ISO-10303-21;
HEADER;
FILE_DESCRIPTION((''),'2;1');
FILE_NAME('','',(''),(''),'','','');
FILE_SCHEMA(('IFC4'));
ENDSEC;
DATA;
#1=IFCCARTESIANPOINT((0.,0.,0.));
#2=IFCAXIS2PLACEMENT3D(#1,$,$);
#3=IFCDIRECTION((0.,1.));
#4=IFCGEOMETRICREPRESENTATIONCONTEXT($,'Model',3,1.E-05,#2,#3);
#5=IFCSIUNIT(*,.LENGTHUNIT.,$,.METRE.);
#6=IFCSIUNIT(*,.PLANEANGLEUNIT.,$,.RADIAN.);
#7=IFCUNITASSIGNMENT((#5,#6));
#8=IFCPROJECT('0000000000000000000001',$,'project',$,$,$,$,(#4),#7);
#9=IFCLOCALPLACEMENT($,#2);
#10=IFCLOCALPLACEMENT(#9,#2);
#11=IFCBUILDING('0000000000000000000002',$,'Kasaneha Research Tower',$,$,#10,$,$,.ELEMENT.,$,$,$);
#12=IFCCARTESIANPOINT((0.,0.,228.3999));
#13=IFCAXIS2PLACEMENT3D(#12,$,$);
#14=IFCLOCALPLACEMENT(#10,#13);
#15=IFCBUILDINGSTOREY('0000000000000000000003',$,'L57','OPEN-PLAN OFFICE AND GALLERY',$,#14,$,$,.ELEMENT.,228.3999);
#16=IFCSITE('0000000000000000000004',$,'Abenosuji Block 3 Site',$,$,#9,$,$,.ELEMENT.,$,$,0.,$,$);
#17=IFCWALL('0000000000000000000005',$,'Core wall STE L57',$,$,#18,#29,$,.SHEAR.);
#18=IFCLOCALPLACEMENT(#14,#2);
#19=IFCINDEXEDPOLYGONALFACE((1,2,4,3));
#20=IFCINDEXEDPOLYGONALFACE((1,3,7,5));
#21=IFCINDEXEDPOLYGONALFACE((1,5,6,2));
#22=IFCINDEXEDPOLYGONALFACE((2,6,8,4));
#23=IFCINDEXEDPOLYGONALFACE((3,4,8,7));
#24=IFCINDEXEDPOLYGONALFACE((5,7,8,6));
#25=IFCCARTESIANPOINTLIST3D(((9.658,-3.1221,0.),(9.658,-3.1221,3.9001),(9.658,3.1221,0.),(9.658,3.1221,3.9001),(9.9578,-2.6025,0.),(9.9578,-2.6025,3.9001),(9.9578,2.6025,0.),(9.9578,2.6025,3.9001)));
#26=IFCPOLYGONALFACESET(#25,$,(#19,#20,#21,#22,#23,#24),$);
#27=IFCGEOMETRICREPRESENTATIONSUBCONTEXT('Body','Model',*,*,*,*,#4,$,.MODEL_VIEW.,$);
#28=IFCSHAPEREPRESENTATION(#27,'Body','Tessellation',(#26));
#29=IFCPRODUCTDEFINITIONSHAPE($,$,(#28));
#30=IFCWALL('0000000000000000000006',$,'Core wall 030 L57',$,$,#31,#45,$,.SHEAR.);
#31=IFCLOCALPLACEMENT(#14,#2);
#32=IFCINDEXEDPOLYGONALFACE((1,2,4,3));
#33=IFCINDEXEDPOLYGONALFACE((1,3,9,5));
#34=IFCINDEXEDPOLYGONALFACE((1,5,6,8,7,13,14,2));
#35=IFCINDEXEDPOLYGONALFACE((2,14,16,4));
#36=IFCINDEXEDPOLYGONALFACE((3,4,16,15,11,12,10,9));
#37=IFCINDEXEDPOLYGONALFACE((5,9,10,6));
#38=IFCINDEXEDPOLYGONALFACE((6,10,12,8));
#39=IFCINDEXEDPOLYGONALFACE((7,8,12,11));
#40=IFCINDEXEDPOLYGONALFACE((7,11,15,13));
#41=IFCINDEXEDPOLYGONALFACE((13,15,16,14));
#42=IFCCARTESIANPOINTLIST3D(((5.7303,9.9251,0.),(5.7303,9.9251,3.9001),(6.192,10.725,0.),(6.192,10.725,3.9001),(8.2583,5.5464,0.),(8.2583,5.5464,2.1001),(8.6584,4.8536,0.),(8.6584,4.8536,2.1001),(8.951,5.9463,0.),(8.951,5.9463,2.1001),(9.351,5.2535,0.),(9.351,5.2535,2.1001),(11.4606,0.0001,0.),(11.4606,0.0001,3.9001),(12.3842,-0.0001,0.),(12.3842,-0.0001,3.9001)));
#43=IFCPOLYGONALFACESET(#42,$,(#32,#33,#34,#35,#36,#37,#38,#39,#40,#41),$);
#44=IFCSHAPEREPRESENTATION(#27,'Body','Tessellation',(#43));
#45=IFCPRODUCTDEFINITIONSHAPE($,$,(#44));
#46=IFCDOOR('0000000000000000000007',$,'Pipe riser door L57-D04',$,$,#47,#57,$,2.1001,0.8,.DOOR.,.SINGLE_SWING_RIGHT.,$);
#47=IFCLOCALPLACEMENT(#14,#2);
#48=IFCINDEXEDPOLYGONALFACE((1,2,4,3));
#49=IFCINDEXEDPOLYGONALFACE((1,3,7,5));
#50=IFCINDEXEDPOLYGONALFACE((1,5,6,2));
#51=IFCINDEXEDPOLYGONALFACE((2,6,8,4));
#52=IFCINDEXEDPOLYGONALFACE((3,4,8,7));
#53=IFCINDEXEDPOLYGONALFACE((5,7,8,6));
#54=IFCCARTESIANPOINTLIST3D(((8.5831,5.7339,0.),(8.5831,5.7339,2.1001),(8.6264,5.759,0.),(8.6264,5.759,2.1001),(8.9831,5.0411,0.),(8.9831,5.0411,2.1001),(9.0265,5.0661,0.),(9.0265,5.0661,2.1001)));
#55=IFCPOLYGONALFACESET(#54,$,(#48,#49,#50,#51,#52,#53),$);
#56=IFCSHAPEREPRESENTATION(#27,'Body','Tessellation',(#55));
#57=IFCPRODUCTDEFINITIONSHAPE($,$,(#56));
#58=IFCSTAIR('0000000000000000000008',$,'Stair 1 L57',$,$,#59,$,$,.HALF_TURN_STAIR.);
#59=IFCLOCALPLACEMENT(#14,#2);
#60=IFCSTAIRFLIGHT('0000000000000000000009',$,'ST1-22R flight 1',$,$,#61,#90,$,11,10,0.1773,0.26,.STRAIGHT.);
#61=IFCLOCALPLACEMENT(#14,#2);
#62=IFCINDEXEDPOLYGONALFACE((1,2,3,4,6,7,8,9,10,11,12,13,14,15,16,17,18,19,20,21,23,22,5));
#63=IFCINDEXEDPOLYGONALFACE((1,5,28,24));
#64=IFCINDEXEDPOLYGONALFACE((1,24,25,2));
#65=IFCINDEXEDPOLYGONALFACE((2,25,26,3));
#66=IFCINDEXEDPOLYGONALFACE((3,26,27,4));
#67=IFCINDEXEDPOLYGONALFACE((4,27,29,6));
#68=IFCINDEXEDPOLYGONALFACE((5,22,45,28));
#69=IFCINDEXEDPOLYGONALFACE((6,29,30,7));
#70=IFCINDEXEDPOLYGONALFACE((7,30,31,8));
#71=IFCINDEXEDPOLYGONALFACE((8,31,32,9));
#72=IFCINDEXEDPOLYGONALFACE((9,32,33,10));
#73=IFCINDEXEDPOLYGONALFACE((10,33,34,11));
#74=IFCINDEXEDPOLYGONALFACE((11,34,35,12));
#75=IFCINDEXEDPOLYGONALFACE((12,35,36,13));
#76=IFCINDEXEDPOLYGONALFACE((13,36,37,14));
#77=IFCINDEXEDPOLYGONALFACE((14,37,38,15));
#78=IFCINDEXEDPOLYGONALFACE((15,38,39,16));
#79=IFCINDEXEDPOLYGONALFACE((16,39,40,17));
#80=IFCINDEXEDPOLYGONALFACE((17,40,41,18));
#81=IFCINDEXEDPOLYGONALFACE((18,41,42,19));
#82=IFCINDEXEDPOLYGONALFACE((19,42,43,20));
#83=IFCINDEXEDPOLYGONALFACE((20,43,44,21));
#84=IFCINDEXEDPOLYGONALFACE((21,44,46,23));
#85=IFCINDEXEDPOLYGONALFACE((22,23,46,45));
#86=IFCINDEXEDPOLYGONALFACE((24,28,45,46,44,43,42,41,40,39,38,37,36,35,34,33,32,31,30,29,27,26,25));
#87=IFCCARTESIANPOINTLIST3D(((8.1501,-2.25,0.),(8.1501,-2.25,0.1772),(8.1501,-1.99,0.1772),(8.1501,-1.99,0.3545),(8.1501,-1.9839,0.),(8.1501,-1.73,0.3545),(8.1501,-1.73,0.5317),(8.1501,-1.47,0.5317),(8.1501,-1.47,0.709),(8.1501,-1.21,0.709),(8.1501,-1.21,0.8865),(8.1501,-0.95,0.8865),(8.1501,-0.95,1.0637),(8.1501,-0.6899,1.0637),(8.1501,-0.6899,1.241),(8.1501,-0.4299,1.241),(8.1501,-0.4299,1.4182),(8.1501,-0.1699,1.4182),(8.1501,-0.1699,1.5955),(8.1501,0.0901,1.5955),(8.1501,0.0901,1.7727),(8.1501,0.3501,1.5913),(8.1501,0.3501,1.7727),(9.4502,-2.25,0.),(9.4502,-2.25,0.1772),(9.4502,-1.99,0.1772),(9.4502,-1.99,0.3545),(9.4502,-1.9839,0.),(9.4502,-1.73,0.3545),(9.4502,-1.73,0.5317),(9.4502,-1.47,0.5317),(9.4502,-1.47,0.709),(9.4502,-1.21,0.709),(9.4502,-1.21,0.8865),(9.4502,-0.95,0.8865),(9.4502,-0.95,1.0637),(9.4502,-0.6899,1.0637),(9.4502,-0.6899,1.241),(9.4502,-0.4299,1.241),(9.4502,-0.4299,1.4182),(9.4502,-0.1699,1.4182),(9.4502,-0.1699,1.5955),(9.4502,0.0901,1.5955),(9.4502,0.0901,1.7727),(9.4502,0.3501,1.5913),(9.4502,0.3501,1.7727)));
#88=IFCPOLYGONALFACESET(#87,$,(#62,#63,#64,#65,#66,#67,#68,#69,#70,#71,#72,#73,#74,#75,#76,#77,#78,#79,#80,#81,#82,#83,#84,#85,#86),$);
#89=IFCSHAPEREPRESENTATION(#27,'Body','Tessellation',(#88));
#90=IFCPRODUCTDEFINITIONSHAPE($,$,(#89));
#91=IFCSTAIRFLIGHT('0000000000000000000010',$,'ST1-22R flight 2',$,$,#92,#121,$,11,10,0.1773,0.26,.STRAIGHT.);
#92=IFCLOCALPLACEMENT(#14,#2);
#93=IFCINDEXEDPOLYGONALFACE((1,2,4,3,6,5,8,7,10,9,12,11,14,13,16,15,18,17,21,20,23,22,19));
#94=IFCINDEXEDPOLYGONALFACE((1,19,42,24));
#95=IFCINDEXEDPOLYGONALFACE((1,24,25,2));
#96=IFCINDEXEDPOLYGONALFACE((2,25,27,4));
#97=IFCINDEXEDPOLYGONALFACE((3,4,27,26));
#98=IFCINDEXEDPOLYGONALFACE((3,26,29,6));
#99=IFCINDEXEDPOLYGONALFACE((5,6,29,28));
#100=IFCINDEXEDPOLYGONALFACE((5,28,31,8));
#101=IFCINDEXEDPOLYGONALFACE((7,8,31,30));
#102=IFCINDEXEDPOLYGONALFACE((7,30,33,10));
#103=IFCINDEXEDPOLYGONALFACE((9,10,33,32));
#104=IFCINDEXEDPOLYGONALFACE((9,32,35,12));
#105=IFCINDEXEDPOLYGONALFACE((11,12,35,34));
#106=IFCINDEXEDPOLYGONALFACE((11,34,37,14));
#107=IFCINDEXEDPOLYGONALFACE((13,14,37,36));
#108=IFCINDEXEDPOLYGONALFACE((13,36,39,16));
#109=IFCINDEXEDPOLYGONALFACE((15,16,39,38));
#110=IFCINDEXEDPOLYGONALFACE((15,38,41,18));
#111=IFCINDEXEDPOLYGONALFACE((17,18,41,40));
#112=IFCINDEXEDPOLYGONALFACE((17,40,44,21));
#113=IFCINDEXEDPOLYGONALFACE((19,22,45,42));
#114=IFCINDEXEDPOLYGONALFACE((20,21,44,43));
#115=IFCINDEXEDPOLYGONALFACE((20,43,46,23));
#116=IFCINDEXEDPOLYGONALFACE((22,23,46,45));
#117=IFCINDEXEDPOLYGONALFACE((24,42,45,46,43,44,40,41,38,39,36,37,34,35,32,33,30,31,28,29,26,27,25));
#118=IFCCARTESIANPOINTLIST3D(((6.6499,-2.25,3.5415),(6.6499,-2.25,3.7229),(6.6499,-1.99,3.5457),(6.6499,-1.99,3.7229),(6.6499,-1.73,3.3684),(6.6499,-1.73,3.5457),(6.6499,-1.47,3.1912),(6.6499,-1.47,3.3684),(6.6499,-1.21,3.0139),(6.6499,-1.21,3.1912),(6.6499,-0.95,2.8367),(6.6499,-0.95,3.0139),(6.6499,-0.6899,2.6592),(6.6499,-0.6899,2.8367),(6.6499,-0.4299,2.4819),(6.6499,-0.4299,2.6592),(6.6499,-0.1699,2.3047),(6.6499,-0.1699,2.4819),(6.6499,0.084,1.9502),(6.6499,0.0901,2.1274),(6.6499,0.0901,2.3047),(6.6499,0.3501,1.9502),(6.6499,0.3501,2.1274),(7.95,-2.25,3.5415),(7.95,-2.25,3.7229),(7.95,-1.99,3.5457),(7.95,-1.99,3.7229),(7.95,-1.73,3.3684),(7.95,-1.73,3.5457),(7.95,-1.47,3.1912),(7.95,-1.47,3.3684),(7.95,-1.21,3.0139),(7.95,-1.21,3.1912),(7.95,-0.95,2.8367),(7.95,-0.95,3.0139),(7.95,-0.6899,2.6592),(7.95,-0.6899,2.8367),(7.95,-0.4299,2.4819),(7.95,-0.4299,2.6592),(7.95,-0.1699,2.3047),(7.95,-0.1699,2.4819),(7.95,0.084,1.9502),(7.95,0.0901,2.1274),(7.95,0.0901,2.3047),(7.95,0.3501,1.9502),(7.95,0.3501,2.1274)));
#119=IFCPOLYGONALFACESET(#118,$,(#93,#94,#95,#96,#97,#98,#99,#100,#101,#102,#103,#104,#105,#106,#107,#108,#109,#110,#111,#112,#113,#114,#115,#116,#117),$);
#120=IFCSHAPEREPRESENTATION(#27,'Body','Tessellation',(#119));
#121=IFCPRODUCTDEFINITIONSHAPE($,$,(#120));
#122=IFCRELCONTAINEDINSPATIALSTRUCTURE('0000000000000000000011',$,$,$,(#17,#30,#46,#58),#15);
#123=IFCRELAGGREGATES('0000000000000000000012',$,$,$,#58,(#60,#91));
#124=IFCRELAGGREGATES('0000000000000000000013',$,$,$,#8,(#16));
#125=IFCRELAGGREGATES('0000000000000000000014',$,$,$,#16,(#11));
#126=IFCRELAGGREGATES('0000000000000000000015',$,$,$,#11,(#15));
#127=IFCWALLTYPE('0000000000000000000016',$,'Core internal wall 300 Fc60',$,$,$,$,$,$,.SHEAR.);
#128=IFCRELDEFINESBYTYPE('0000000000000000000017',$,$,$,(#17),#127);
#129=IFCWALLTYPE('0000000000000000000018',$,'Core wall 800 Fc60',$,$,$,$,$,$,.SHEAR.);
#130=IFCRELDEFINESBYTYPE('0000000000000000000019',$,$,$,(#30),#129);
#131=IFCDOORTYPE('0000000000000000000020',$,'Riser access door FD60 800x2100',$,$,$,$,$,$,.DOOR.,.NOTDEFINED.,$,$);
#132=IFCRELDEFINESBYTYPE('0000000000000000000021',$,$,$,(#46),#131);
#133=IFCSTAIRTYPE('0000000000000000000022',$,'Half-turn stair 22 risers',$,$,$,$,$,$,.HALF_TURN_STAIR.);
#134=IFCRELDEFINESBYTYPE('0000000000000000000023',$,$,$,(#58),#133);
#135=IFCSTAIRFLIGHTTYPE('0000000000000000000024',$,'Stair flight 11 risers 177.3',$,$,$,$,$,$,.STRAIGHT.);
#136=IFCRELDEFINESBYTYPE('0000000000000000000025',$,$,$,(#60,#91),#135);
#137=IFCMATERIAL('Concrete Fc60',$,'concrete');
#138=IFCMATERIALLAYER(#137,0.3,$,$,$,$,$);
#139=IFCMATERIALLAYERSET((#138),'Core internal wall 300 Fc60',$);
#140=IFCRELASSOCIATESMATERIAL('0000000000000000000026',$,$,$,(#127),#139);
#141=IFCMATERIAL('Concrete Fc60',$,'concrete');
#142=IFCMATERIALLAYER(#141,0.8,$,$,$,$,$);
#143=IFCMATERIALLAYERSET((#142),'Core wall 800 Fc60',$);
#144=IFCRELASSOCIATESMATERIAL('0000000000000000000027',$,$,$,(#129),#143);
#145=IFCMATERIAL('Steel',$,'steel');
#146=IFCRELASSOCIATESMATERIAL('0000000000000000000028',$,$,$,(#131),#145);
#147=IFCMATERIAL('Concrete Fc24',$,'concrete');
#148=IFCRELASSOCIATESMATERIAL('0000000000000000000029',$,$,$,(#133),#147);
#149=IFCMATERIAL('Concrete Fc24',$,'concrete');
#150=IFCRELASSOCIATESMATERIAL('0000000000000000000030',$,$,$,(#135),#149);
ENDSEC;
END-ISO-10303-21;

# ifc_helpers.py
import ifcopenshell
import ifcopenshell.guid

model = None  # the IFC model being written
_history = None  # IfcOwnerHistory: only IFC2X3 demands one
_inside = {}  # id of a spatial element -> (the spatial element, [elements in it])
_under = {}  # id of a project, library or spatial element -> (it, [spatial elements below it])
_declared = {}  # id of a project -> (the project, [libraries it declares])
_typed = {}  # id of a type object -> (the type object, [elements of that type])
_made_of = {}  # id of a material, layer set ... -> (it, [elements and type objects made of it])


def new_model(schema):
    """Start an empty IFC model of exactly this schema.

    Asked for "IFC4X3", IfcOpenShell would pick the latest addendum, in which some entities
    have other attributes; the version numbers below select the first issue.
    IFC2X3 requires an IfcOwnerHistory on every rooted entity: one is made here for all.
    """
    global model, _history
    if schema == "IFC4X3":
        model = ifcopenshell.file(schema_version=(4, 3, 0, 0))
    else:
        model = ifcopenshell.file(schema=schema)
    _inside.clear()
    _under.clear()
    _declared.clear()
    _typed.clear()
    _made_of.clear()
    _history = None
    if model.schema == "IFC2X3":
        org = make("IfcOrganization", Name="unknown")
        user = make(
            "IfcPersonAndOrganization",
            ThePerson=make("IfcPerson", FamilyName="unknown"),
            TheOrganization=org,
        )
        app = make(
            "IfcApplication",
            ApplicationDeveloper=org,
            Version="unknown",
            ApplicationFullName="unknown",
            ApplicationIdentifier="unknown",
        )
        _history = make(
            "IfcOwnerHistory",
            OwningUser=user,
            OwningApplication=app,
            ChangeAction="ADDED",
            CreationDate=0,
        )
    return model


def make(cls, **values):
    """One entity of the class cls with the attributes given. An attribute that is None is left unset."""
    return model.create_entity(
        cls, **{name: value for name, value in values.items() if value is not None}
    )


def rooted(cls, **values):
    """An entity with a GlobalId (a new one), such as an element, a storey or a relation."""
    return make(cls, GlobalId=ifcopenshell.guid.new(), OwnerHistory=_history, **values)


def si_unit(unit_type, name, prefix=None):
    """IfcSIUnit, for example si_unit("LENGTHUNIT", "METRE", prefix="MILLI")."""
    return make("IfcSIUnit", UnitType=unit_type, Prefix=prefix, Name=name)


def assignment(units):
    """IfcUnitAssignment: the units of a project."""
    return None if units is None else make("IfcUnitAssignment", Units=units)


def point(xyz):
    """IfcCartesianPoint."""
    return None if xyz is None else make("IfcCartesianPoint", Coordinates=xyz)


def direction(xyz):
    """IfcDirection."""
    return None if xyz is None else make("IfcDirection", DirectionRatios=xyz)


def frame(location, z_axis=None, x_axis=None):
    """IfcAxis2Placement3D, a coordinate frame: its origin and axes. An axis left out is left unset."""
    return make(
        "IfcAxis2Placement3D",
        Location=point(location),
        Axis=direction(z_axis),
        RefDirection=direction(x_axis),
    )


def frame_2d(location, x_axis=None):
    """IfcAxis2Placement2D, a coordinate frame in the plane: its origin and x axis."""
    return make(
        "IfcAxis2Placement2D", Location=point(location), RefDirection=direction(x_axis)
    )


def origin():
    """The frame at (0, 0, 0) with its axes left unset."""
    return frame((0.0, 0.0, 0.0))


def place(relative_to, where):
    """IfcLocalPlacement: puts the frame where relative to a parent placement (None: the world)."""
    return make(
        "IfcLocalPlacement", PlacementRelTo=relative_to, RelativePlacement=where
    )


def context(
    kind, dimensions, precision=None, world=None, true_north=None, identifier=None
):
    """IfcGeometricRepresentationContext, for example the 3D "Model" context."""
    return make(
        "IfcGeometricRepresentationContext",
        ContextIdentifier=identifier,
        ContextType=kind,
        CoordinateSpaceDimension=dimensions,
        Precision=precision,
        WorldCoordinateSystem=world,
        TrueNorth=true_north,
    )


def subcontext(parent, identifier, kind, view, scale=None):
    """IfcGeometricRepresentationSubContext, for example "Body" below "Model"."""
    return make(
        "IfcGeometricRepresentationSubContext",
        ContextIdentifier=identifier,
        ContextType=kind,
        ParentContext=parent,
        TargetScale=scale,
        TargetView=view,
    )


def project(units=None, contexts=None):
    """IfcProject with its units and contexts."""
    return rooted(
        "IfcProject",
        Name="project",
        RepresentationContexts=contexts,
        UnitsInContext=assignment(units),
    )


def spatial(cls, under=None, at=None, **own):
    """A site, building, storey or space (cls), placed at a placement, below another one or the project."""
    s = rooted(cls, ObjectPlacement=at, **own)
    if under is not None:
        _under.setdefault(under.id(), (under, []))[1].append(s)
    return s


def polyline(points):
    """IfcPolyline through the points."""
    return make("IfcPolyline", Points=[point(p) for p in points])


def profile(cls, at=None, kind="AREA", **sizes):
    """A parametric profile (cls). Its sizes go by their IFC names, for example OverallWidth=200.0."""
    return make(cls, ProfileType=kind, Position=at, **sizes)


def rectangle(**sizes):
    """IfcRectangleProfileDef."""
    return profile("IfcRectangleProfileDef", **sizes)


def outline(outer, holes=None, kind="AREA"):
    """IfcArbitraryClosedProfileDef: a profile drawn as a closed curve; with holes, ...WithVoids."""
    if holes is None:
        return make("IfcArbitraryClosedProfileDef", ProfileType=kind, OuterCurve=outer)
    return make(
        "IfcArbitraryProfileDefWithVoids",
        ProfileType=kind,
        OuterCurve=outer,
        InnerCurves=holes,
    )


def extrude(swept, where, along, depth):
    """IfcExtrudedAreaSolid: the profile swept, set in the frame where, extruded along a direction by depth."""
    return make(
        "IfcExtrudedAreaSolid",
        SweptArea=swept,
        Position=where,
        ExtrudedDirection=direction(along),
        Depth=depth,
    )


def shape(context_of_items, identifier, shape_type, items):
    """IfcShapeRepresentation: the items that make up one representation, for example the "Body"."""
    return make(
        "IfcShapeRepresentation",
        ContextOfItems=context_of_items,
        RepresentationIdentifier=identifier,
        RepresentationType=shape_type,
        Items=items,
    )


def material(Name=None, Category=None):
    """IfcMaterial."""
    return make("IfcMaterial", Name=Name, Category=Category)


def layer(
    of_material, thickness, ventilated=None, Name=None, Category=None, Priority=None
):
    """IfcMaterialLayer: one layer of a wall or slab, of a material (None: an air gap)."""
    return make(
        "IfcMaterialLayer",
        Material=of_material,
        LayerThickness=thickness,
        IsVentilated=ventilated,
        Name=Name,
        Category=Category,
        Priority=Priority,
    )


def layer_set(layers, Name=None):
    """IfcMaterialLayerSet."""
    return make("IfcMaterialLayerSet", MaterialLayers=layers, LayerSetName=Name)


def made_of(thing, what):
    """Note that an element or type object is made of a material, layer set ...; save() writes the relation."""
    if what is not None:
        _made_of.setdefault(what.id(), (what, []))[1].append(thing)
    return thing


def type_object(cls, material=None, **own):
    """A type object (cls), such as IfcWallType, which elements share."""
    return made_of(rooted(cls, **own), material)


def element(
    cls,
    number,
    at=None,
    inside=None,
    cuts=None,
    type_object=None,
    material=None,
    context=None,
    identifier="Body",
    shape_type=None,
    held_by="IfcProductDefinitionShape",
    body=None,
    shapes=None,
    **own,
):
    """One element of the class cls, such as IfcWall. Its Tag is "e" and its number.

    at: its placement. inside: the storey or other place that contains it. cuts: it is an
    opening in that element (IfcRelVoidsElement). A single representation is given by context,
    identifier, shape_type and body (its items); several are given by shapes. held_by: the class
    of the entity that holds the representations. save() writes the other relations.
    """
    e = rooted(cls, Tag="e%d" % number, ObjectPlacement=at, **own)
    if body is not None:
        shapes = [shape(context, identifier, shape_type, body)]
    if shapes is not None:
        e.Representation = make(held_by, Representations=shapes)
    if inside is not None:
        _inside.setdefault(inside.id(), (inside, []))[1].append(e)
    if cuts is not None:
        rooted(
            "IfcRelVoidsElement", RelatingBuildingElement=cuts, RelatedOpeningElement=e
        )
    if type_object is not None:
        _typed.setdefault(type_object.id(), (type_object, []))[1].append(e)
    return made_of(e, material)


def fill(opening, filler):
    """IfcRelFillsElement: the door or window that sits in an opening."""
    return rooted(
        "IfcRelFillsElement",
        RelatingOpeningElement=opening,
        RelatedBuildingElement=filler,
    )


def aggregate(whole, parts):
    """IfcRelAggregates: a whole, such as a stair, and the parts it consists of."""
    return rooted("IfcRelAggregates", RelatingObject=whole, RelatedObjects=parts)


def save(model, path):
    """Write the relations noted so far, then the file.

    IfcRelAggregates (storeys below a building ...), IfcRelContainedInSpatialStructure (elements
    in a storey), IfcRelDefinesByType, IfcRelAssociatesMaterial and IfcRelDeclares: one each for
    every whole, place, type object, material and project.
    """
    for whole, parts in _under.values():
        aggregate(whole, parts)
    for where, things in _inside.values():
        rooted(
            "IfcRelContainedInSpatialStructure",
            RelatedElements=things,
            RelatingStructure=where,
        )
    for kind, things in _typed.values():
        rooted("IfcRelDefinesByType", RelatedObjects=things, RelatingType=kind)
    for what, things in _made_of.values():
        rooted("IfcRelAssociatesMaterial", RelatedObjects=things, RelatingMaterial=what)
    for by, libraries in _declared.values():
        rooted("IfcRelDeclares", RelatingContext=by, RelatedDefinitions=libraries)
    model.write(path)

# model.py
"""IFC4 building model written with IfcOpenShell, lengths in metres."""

from ifc_helpers import new_model, si_unit, direction, frame, frame_2d, origin, place, context, subcontext, project, spatial, polyline, rectangle, outline, extrude, material, layer, layer_set, type_object, element, fill, aggregate, save


model = new_model("IFC4")

# Units and contexts
model_context = context("Model", 3, precision=1e-05, world=origin(), true_north=direction((0.0, 1.0)))
body_context = subcontext(model_context, "Body", "Model", "MODEL_VIEW")
ifc_project = project(units=[si_unit("LENGTHUNIT", "METRE"), si_unit("PLANEANGLEUNIT", "RADIAN")], contexts=[model_context])

# Site, building, storey
site_placement = place(None, origin())
site = spatial("IfcSite", under=ifc_project, at=site_placement, Name="Abenosuji Block 3 Site", CompositionType="ELEMENT", RefElevation=0.0)
building_placement = place(site_placement, origin())
building = spatial("IfcBuilding", under=site, at=building_placement, Name="Kasaneha Research Tower", CompositionType="ELEMENT")
storey_placement = place(building_placement, frame((0.0, 0.0, 228.3999)))
storey = spatial("IfcBuildingStorey", under=building, at=storey_placement, Name="L57", Description="OPEN-PLAN OFFICE AND GALLERY", CompositionType="ELEMENT", Elevation=228.3999)

# Shared definitions
ifc_material_1 = material(Name="Concrete Fc60", Category="concrete")
ifc_layer_1 = layer(ifc_material_1, 0.3)
ifc_layer_set_1 = layer_set([ifc_layer_1], Name="Core internal wall 300 Fc60")
wall_type_1 = type_object("IfcWallType", Name="Core internal wall 300 Fc60", PredefinedType="SHEAR", material=ifc_layer_set_1)

# Wall
wall_1_placement = place(storey_placement, frame((9.8079, -2.8623, 0.0), z_axis=(0.0, 0.0, 1.0), x_axis=(0.0, 1.0, 0.0)))
element("IfcWall", 1, at=wall_1_placement, inside=storey, type_object=wall_type_1, Name="Core wall STE L57", PredefinedType="SHEAR", context=body_context, shape_type="SweptSolid", body=[
    extrude(outline(polyline([(0.2598, -0.1499), (5.4648, -0.1499), (5.9844, 0.1499), (-0.2598, 0.1499), (0.2598, -0.1499)])), origin(), (0.0, 0.0, 1.0), 3.9001),
])

# Wall, opening, door
ifc_material_2 = material(Name="Concrete Fc60", Category="concrete")
ifc_layer_2 = layer(ifc_material_2, 0.8)
ifc_layer_set_2 = layer_set([ifc_layer_2], Name="Core wall 800 Fc60")
wall_type_2 = type_object("IfcWallType", Name="Core wall 800 Fc60", PredefinedType="SHEAR", material=ifc_layer_set_2)
wall_2_placement = place(storey_placement, frame((11.9224, 0.0, 0.0), z_axis=(0.0, 0.0, 1.0), x_axis=(-0.500004, 0.866023, 0.0)))
wall_2 = element("IfcWall", 2, at=wall_2_placement, inside=storey, type_object=wall_type_2, Name="Core wall 030 L57", PredefinedType="SHEAR", context=body_context, shape_type="SweptSolid", body=[
    extrude(outline(polyline([(-0.231, -0.3999), (5.8354, -0.3999), (6.6355, -0.3999), (12.1533, -0.3999), (11.6914, 0.3999), (6.6355, 0.3999), (5.8354, 0.3999), (0.231, 0.3999), (-0.231, -0.3999)])), origin(), (0.0, 0.0, 1.0), 3.9001),
])
opening_1_placement = place(wall_2_placement, frame((5.8354, 0.0, 0.0)))
opening_1 = element("IfcOpeningElement", 3, at=opening_1_placement, cuts=wall_2, PredefinedType="OPENING", context=body_context, shape_type="SweptSolid", body=[
    extrude(rectangle(XDim=0.8, YDim=2.1001, at=frame_2d((0.3999, 1.05))), frame((0.0, 0.4102, 0.0), z_axis=(0.0, -1.0, 0.0), x_axis=(1.0, 0.0, 0.0)), (0.0, 0.0, 1.0), 0.8201),
])
ifc_material_3 = material(Name="Steel", Category="steel")
door_type_1 = type_object("IfcDoorType", Name="Riser access door FD60 800x2100", OperationType="NOTDEFINED", PredefinedType="DOOR", material=ifc_material_3)
door_1_placement = place(opening_1_placement, origin())
door_1 = element("IfcDoor", 4, at=door_1_placement, inside=storey, type_object=door_type_1, Name="Pipe riser door L57-D04", OperationType="SINGLE_SWING_RIGHT", OverallHeight=2.1001, OverallWidth=0.8, PredefinedType="DOOR", context=body_context, shape_type="SweptSolid", body=[
    extrude(rectangle(XDim=0.8, YDim=2.1001, at=frame_2d((0.3999, 1.05))), frame((0.0, 0.0249, 0.0), z_axis=(0.0, -1.0, 0.0), x_axis=(1.0, 0.0, 0.0)), (0.0, 0.0, 1.0), 0.05),
])
fill(opening_1, door_1)

# Stair, stair flights
ifc_material_4 = material(Name="Concrete Fc24", Category="concrete")
stair_type = type_object("IfcStairType", Name="Half-turn stair 22 risers", PredefinedType="HALF_TURN_STAIR", material=ifc_material_4)
stair_placement = place(storey_placement, origin())
stair = element("IfcStair", 5, at=stair_placement, inside=storey, type_object=stair_type, Name="Stair 1 L57", PredefinedType="HALF_TURN_STAIR")
ifc_material_5 = material(Name="Concrete Fc24", Category="concrete")
stair_flight_type = type_object("IfcStairFlightType", Name="Stair flight 11 risers 177.3", PredefinedType="STRAIGHT", material=ifc_material_5)
stair_flight_1_placement = place(storey_placement, frame((8.8, -2.25, 0.0), z_axis=(0.0, 0.0, 1.0), x_axis=(0.0, 1.0, 0.0)))
stair_flight_1 = element("IfcStairFlight", 6, at=stair_flight_1_placement, type_object=stair_flight_type, Name="ST1-22R flight 1", NumberOfRisers=11, NumberOfTreads=10, PredefinedType="STRAIGHT", RiserHeight=0.1773, TreadLength=0.26, context=body_context, shape_type="SweptSolid", body=[
    extrude(outline(polyline([(0.0, 0.0), (0.0, 0.1772), (0.26, 0.1772), (0.26, 0.3545), (0.52, 0.3545), (0.52, 0.5317), (0.78, 0.5317), (0.78, 0.709), (1.04, 0.709), (1.04, 0.8865), (1.3, 0.8865), (1.3, 1.0637), (1.5601, 1.0637), (1.5601, 1.241), (1.8201, 1.241), (1.8201, 1.4182), (2.0801, 1.4182), (2.0801, 1.5955), (2.3401, 1.5955), (2.3401, 1.7727), (2.6001, 1.7727), (2.6001, 1.95), (2.6001, 1.5913), (0.2661, 0.0), (0.0, 0.0)])), frame((0.0, 0.6499, 0.0), z_axis=(0.0, -1.0, 0.0), x_axis=(1.0, 0.0, 0.0)), (0.0, 0.0, 1.0), 1.3),
])
stair_flight_2_placement = place(storey_placement, frame((7.3, 0.3501, 1.9502), z_axis=(0.0, 0.0, 1.0), x_axis=(0.0, -1.0, 0.0)))
stair_flight_2 = element("IfcStairFlight", 7, at=stair_flight_2_placement, type_object=stair_flight_type, Name="ST1-22R flight 2", NumberOfRisers=11, NumberOfTreads=10, PredefinedType="STRAIGHT", RiserHeight=0.1773, TreadLength=0.26, context=body_context, shape_type="SweptSolid", body=[
    extrude(outline(polyline([(0.0, 0.0), (0.0, 0.1772), (0.26, 0.1772), (0.26, 0.3545), (0.52, 0.3545), (0.52, 0.5317), (0.78, 0.5317), (0.78, 0.709), (1.04, 0.709), (1.04, 0.8865), (1.3, 0.8865), (1.3, 1.0637), (1.5601, 1.0637), (1.5601, 1.241), (1.8201, 1.241), (1.8201, 1.4182), (2.0801, 1.4182), (2.0801, 1.5955), (2.3401, 1.5955), (2.3401, 1.7727), (2.6001, 1.7727), (2.6001, 1.95), (2.6001, 1.5913), (0.2661, 0.0), (0.0, 0.0)])), frame((0.0, 0.6499, 0.0), z_axis=(0.0, -1.0, 0.0), x_axis=(1.0, 0.0, 0.0)), (0.0, 0.0, 1.0), 1.3),
])
aggregate(stair, [stair_flight_1, stair_flight_2])

save(model, "model.ifc")
